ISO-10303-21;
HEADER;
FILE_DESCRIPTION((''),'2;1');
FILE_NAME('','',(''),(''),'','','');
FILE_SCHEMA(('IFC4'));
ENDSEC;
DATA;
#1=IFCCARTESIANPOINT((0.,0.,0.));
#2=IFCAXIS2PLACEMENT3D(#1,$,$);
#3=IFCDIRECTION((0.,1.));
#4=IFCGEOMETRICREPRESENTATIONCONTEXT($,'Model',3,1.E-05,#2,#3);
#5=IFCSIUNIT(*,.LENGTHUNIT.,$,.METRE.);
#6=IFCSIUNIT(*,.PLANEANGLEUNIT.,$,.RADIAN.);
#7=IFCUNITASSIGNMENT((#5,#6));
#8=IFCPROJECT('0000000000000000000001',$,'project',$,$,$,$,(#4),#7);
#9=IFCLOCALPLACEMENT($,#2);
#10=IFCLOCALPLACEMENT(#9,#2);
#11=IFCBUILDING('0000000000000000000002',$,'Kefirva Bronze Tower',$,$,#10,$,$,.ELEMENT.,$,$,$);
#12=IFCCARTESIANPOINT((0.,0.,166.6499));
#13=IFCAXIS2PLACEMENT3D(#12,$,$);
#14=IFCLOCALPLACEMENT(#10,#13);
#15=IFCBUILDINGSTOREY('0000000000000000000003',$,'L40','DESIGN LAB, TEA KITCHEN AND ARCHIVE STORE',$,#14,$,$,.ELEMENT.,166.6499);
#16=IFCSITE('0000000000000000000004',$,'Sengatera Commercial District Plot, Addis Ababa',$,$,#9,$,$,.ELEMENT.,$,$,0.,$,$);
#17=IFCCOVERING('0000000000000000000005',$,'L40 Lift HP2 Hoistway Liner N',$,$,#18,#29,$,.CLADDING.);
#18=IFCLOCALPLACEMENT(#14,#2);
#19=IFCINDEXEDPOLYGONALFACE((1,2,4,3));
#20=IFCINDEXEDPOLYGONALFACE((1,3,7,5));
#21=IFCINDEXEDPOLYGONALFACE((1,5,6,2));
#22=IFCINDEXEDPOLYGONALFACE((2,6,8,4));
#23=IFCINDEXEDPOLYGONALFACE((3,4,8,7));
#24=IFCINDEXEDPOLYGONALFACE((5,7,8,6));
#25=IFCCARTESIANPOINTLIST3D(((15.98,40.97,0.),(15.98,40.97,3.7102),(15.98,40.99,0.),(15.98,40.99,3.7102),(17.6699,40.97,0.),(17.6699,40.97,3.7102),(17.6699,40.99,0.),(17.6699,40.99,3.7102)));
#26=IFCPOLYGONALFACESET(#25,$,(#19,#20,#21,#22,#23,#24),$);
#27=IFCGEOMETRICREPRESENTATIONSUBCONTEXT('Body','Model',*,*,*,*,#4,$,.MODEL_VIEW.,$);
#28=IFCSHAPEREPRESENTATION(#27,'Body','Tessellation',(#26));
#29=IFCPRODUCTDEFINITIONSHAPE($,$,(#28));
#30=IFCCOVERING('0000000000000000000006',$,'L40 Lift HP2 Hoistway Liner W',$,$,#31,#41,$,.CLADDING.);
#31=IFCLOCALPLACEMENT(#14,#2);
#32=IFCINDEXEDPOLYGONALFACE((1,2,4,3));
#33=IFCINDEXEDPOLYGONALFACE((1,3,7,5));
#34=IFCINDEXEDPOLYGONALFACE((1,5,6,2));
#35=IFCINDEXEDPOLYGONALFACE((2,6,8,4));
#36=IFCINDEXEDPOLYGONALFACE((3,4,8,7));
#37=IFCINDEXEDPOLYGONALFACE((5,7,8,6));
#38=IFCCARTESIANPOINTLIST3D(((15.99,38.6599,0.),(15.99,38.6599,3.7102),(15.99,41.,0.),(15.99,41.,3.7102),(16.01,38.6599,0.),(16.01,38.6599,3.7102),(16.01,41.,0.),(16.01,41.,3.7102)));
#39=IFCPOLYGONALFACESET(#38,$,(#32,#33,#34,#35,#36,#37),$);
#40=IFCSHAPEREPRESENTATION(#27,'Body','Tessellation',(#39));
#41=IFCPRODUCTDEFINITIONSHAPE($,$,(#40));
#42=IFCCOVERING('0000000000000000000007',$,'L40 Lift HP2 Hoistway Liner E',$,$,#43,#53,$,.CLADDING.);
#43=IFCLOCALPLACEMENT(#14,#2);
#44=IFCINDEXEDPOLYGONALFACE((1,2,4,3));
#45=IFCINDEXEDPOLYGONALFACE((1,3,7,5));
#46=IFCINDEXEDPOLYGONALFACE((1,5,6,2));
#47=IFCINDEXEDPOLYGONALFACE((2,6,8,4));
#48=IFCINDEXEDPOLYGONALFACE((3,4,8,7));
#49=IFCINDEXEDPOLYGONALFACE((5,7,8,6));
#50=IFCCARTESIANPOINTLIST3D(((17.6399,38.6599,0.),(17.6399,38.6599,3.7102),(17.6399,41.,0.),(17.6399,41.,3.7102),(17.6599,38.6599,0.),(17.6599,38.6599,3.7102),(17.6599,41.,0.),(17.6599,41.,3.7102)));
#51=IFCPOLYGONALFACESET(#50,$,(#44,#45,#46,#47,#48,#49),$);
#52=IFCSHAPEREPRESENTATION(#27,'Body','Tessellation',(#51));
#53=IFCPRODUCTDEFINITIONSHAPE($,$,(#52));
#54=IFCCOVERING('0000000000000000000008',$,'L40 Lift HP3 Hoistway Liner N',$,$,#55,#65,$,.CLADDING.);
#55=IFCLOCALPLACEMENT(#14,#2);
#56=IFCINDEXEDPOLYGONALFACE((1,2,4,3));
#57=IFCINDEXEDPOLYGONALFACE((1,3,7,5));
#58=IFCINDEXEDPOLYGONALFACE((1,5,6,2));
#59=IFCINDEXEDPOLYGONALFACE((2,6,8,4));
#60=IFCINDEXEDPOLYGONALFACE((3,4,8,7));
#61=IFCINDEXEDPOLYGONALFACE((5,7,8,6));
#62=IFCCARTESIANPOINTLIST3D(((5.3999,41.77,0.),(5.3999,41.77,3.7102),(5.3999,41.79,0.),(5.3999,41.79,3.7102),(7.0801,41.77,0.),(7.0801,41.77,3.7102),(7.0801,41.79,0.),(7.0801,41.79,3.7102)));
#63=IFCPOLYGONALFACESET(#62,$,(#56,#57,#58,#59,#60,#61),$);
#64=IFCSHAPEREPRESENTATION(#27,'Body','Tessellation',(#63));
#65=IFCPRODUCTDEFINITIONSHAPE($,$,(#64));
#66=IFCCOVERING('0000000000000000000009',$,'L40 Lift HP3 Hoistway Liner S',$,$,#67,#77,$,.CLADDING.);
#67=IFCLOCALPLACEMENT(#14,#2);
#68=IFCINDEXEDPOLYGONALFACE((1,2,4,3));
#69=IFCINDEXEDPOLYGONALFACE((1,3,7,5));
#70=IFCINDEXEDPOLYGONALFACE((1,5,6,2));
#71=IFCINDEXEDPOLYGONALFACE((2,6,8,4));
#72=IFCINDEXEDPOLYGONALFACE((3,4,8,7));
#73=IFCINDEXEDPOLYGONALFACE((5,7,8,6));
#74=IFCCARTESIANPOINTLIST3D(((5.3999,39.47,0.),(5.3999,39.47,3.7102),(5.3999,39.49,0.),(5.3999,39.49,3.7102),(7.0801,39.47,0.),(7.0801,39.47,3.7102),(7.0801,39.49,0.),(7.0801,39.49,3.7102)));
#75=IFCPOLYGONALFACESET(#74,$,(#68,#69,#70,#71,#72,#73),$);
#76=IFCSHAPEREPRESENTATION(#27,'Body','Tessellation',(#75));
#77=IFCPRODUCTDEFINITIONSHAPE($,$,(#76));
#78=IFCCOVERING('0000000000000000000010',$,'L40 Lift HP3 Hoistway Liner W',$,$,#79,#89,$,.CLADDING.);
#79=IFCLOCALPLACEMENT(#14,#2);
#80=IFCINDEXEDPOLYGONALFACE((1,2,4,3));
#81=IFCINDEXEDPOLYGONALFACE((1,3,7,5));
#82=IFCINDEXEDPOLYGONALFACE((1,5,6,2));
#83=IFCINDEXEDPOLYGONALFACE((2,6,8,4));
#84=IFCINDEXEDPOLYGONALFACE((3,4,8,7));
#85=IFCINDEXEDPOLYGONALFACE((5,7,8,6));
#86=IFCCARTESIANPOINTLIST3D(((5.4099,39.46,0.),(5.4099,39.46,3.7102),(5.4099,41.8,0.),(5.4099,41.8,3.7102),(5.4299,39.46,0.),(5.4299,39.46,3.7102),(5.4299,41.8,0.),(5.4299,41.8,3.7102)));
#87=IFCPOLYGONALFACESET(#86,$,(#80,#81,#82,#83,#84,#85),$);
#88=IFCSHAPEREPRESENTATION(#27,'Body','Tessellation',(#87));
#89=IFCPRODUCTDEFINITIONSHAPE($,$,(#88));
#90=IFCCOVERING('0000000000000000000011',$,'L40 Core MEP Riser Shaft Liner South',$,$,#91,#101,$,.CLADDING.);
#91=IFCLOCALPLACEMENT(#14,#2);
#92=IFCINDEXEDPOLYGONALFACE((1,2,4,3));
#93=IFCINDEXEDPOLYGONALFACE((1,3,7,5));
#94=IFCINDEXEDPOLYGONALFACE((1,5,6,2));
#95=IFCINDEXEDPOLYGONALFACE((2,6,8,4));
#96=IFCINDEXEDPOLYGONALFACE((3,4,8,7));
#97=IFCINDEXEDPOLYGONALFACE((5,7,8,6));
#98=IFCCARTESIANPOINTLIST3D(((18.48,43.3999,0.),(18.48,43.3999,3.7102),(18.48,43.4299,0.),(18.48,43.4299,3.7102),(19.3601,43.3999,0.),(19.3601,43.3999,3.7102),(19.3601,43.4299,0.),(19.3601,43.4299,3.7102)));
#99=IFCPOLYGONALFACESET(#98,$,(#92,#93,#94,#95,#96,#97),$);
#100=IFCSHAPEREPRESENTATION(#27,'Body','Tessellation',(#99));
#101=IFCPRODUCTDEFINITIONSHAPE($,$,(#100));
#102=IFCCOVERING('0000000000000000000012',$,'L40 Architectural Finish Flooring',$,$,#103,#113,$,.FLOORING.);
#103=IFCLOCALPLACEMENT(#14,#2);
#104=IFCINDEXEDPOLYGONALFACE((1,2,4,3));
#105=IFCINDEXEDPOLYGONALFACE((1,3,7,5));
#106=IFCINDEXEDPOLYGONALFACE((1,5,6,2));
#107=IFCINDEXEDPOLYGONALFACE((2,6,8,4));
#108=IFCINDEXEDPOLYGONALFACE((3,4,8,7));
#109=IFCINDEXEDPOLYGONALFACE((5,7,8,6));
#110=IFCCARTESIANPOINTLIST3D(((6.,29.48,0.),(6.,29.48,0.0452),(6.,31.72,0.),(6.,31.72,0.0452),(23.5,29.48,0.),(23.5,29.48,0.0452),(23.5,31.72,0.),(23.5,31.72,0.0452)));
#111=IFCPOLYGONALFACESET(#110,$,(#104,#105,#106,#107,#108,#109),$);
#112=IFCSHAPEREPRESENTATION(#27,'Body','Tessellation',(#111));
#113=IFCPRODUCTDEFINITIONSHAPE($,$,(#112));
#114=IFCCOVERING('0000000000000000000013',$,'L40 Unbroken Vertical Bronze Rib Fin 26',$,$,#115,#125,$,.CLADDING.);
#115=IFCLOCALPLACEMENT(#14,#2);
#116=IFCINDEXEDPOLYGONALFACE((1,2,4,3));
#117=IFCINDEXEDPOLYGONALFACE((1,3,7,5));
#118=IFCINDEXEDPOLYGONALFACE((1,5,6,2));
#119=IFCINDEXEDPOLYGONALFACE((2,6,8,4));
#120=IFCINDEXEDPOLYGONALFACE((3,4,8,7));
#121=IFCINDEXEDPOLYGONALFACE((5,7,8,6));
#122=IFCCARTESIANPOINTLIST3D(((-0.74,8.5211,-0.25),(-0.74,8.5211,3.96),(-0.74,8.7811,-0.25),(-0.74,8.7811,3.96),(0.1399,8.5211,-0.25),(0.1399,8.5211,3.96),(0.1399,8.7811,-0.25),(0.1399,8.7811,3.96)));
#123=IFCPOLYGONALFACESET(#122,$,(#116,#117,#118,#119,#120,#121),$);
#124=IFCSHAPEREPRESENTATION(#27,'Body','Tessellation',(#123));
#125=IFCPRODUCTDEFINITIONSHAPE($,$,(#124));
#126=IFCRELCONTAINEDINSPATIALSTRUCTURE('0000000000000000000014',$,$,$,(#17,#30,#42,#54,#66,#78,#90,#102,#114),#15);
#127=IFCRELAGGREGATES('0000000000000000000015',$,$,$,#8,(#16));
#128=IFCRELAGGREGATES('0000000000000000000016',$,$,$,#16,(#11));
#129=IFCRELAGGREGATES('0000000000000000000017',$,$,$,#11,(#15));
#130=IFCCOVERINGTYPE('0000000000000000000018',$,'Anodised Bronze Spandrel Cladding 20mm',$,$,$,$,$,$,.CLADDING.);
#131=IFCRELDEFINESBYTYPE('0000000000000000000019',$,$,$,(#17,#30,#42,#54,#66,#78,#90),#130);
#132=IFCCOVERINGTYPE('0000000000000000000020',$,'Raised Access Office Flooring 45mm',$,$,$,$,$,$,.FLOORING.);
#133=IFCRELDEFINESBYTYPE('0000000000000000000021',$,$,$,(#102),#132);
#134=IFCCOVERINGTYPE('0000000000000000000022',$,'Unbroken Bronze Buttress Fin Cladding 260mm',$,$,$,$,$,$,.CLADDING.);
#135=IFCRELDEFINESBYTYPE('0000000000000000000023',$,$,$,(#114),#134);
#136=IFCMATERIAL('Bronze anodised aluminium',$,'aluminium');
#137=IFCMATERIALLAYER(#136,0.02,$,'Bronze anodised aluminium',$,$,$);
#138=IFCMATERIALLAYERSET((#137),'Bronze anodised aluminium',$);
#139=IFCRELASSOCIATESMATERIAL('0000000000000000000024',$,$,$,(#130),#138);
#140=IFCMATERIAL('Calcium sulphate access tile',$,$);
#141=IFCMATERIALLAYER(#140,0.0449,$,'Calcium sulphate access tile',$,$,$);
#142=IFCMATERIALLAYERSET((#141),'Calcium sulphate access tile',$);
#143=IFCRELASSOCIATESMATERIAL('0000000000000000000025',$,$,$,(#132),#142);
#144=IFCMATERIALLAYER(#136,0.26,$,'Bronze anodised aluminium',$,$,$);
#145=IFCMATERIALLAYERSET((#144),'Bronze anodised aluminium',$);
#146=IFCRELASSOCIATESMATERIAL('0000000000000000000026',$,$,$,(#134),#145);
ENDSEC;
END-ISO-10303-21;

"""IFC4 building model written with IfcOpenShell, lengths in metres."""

from ifc_helpers import new_model, si_unit, direction, frame, origin, origin_2d, place, context, subcontext, project, spatial, polyline, rectangle, outline, extrude, material, layer, layer_set, type_object, element, save


model = new_model("IFC4")

# Units and contexts
model_context = context("Model", 3, precision=1e-05, world=origin(), true_north=direction((0.0, 1.0)))
body_context = subcontext(model_context, "Body", "Model", "MODEL_VIEW")
ifc_project = project(units=[si_unit("LENGTHUNIT", "METRE"), si_unit("PLANEANGLEUNIT", "RADIAN")], contexts=[model_context])

# Site, building, storey
site_placement = place(None, origin())
site = spatial("IfcSite", under=ifc_project, at=site_placement, Name="Sengatera Commercial District Plot, Addis Ababa", CompositionType="ELEMENT", RefElevation=0.0)
building_placement = place(site_placement, origin())
building = spatial("IfcBuilding", under=site, at=building_placement, Name="Kefirva Bronze Tower", CompositionType="ELEMENT")
storey_placement = place(building_placement, frame((0.0, 0.0, 166.6499)))
storey = spatial("IfcBuildingStorey", under=building, at=storey_placement, Name="L40", Description="DESIGN LAB, TEA KITCHEN AND ARCHIVE STORE", CompositionType="ELEMENT", Elevation=166.6499)

# Shared definitions
ifc_material_1 = material(Name="Bronze anodised aluminium", Category="aluminium")

# Coverings
ifc_layer_1 = layer(ifc_material_1, 0.02, Name="Bronze anodised aluminium")
ifc_layer_set_1 = layer_set([ifc_layer_1], Name="Bronze anodised aluminium")
covering_type_1 = type_object("IfcCoveringType", Name="Anodised Bronze Spandrel Cladding 20mm", PredefinedType="CLADDING", material=ifc_layer_set_1)
covering_1_placement = place(storey_placement, origin())
element("IfcCovering", 1, at=covering_1_placement, inside=storey, type_object=covering_type_1, Name="L40 Lift HP2 Hoistway Liner N", PredefinedType="CLADDING", context=body_context, shape_type="SweptSolid", body=[
    extrude(outline(polyline([(15.98, 40.97), (17.6699, 40.97), (17.6699, 40.99), (15.98, 40.99), (15.98, 40.97)])), origin(), (0.0, 0.0, 1.0), 3.7102),
])
covering_2_placement = place(storey_placement, origin())
element("IfcCovering", 2, at=covering_2_placement, inside=storey, type_object=covering_type_1, Name="L40 Lift HP2 Hoistway Liner W", PredefinedType="CLADDING", context=body_context, shape_type="SweptSolid", body=[
    extrude(outline(polyline([(15.99, 38.6599), (16.01, 38.6599), (16.01, 41.0), (15.99, 41.0), (15.99, 38.6599)])), origin(), (0.0, 0.0, 1.0), 3.7102),
])
covering_3_placement = place(storey_placement, origin())
element("IfcCovering", 3, at=covering_3_placement, inside=storey, type_object=covering_type_1, Name="L40 Lift HP2 Hoistway Liner E", PredefinedType="CLADDING", context=body_context, shape_type="SweptSolid", body=[
    extrude(outline(polyline([(17.6399, 38.6599), (17.6599, 38.6599), (17.6599, 41.0), (17.6399, 41.0), (17.6399, 38.6599)])), origin(), (0.0, 0.0, 1.0), 3.7102),
])
covering_4_placement = place(storey_placement, origin())
element("IfcCovering", 4, at=covering_4_placement, inside=storey, type_object=covering_type_1, Name="L40 Lift HP3 Hoistway Liner N", PredefinedType="CLADDING", context=body_context, shape_type="SweptSolid", body=[
    extrude(outline(polyline([(5.3999, 41.77), (7.0801, 41.77), (7.0801, 41.79), (5.3999, 41.79), (5.3999, 41.77)])), origin(), (0.0, 0.0, 1.0), 3.7102),
])
covering_5_placement = place(storey_placement, origin())
element("IfcCovering", 5, at=covering_5_placement, inside=storey, type_object=covering_type_1, Name="L40 Lift HP3 Hoistway Liner S", PredefinedType="CLADDING", context=body_context, shape_type="SweptSolid", body=[
    extrude(outline(polyline([(5.3999, 39.47), (7.0801, 39.47), (7.0801, 39.49), (5.3999, 39.49), (5.3999, 39.47)])), origin(), (0.0, 0.0, 1.0), 3.7102),
])
covering_6_placement = place(storey_placement, origin())
element("IfcCovering", 6, at=covering_6_placement, inside=storey, type_object=covering_type_1, Name="L40 Lift HP3 Hoistway Liner W", PredefinedType="CLADDING", context=body_context, shape_type="SweptSolid", body=[
    extrude(outline(polyline([(5.4099, 39.46), (5.4299, 39.46), (5.4299, 41.8), (5.4099, 41.8), (5.4099, 39.46)])), origin(), (0.0, 0.0, 1.0), 3.7102),
])
covering_7_placement = place(storey_placement, origin())
element("IfcCovering", 7, at=covering_7_placement, inside=storey, type_object=covering_type_1, Name="L40 Core MEP Riser Shaft Liner South", PredefinedType="CLADDING", context=body_context, shape_type="SweptSolid", body=[
    extrude(outline(polyline([(18.48, 43.3999), (19.3601, 43.3999), (19.3601, 43.4299), (18.48, 43.4299), (18.48, 43.3999)])), origin(), (0.0, 0.0, 1.0), 3.7102),
])
ifc_material_2 = material(Name="Calcium sulphate access tile")
ifc_layer_2 = layer(ifc_material_2, 0.0449, Name="Calcium sulphate access tile")
ifc_layer_set_2 = layer_set([ifc_layer_2], Name="Calcium sulphate access tile")
covering_type_2 = type_object("IfcCoveringType", Name="Raised Access Office Flooring 45mm", PredefinedType="FLOORING", material=ifc_layer_set_2)
covering_8_placement = place(storey_placement, origin())
element("IfcCovering", 8, at=covering_8_placement, inside=storey, type_object=covering_type_2, Name="L40 Architectural Finish Flooring", PredefinedType="FLOORING", context=body_context, shape_type="SweptSolid", body=[
    extrude(outline(polyline([(6.0, 29.48), (23.5, 29.48), (23.5, 31.72), (6.0, 31.72), (6.0, 29.48)])), origin(), (0.0, 0.0, 1.0), 0.0452),
])
ifc_layer_3 = layer(ifc_material_1, 0.26, Name="Bronze anodised aluminium")
ifc_layer_set_3 = layer_set([ifc_layer_3], Name="Bronze anodised aluminium")
covering_type_3 = type_object("IfcCoveringType", Name="Unbroken Bronze Buttress Fin Cladding 260mm", PredefinedType="CLADDING", material=ifc_layer_set_3)
covering_9_placement = place(storey_placement, frame((-0.3, 8.6511, -0.25), z_axis=(0.0, 0.0, 1.0), x_axis=(0.0, -1.0, 0.0)))
element("IfcCovering", 9, at=covering_9_placement, inside=storey, type_object=covering_type_3, Name="L40 Unbroken Vertical Bronze Rib Fin 26", PredefinedType="CLADDING", context=body_context, shape_type="SweptSolid", body=[
    extrude(rectangle(XDim=0.26, YDim=0.8799, at=origin_2d()), origin(), (0.0, 0.0, 1.0), 4.21),
])

save(model, "model.ifc")
